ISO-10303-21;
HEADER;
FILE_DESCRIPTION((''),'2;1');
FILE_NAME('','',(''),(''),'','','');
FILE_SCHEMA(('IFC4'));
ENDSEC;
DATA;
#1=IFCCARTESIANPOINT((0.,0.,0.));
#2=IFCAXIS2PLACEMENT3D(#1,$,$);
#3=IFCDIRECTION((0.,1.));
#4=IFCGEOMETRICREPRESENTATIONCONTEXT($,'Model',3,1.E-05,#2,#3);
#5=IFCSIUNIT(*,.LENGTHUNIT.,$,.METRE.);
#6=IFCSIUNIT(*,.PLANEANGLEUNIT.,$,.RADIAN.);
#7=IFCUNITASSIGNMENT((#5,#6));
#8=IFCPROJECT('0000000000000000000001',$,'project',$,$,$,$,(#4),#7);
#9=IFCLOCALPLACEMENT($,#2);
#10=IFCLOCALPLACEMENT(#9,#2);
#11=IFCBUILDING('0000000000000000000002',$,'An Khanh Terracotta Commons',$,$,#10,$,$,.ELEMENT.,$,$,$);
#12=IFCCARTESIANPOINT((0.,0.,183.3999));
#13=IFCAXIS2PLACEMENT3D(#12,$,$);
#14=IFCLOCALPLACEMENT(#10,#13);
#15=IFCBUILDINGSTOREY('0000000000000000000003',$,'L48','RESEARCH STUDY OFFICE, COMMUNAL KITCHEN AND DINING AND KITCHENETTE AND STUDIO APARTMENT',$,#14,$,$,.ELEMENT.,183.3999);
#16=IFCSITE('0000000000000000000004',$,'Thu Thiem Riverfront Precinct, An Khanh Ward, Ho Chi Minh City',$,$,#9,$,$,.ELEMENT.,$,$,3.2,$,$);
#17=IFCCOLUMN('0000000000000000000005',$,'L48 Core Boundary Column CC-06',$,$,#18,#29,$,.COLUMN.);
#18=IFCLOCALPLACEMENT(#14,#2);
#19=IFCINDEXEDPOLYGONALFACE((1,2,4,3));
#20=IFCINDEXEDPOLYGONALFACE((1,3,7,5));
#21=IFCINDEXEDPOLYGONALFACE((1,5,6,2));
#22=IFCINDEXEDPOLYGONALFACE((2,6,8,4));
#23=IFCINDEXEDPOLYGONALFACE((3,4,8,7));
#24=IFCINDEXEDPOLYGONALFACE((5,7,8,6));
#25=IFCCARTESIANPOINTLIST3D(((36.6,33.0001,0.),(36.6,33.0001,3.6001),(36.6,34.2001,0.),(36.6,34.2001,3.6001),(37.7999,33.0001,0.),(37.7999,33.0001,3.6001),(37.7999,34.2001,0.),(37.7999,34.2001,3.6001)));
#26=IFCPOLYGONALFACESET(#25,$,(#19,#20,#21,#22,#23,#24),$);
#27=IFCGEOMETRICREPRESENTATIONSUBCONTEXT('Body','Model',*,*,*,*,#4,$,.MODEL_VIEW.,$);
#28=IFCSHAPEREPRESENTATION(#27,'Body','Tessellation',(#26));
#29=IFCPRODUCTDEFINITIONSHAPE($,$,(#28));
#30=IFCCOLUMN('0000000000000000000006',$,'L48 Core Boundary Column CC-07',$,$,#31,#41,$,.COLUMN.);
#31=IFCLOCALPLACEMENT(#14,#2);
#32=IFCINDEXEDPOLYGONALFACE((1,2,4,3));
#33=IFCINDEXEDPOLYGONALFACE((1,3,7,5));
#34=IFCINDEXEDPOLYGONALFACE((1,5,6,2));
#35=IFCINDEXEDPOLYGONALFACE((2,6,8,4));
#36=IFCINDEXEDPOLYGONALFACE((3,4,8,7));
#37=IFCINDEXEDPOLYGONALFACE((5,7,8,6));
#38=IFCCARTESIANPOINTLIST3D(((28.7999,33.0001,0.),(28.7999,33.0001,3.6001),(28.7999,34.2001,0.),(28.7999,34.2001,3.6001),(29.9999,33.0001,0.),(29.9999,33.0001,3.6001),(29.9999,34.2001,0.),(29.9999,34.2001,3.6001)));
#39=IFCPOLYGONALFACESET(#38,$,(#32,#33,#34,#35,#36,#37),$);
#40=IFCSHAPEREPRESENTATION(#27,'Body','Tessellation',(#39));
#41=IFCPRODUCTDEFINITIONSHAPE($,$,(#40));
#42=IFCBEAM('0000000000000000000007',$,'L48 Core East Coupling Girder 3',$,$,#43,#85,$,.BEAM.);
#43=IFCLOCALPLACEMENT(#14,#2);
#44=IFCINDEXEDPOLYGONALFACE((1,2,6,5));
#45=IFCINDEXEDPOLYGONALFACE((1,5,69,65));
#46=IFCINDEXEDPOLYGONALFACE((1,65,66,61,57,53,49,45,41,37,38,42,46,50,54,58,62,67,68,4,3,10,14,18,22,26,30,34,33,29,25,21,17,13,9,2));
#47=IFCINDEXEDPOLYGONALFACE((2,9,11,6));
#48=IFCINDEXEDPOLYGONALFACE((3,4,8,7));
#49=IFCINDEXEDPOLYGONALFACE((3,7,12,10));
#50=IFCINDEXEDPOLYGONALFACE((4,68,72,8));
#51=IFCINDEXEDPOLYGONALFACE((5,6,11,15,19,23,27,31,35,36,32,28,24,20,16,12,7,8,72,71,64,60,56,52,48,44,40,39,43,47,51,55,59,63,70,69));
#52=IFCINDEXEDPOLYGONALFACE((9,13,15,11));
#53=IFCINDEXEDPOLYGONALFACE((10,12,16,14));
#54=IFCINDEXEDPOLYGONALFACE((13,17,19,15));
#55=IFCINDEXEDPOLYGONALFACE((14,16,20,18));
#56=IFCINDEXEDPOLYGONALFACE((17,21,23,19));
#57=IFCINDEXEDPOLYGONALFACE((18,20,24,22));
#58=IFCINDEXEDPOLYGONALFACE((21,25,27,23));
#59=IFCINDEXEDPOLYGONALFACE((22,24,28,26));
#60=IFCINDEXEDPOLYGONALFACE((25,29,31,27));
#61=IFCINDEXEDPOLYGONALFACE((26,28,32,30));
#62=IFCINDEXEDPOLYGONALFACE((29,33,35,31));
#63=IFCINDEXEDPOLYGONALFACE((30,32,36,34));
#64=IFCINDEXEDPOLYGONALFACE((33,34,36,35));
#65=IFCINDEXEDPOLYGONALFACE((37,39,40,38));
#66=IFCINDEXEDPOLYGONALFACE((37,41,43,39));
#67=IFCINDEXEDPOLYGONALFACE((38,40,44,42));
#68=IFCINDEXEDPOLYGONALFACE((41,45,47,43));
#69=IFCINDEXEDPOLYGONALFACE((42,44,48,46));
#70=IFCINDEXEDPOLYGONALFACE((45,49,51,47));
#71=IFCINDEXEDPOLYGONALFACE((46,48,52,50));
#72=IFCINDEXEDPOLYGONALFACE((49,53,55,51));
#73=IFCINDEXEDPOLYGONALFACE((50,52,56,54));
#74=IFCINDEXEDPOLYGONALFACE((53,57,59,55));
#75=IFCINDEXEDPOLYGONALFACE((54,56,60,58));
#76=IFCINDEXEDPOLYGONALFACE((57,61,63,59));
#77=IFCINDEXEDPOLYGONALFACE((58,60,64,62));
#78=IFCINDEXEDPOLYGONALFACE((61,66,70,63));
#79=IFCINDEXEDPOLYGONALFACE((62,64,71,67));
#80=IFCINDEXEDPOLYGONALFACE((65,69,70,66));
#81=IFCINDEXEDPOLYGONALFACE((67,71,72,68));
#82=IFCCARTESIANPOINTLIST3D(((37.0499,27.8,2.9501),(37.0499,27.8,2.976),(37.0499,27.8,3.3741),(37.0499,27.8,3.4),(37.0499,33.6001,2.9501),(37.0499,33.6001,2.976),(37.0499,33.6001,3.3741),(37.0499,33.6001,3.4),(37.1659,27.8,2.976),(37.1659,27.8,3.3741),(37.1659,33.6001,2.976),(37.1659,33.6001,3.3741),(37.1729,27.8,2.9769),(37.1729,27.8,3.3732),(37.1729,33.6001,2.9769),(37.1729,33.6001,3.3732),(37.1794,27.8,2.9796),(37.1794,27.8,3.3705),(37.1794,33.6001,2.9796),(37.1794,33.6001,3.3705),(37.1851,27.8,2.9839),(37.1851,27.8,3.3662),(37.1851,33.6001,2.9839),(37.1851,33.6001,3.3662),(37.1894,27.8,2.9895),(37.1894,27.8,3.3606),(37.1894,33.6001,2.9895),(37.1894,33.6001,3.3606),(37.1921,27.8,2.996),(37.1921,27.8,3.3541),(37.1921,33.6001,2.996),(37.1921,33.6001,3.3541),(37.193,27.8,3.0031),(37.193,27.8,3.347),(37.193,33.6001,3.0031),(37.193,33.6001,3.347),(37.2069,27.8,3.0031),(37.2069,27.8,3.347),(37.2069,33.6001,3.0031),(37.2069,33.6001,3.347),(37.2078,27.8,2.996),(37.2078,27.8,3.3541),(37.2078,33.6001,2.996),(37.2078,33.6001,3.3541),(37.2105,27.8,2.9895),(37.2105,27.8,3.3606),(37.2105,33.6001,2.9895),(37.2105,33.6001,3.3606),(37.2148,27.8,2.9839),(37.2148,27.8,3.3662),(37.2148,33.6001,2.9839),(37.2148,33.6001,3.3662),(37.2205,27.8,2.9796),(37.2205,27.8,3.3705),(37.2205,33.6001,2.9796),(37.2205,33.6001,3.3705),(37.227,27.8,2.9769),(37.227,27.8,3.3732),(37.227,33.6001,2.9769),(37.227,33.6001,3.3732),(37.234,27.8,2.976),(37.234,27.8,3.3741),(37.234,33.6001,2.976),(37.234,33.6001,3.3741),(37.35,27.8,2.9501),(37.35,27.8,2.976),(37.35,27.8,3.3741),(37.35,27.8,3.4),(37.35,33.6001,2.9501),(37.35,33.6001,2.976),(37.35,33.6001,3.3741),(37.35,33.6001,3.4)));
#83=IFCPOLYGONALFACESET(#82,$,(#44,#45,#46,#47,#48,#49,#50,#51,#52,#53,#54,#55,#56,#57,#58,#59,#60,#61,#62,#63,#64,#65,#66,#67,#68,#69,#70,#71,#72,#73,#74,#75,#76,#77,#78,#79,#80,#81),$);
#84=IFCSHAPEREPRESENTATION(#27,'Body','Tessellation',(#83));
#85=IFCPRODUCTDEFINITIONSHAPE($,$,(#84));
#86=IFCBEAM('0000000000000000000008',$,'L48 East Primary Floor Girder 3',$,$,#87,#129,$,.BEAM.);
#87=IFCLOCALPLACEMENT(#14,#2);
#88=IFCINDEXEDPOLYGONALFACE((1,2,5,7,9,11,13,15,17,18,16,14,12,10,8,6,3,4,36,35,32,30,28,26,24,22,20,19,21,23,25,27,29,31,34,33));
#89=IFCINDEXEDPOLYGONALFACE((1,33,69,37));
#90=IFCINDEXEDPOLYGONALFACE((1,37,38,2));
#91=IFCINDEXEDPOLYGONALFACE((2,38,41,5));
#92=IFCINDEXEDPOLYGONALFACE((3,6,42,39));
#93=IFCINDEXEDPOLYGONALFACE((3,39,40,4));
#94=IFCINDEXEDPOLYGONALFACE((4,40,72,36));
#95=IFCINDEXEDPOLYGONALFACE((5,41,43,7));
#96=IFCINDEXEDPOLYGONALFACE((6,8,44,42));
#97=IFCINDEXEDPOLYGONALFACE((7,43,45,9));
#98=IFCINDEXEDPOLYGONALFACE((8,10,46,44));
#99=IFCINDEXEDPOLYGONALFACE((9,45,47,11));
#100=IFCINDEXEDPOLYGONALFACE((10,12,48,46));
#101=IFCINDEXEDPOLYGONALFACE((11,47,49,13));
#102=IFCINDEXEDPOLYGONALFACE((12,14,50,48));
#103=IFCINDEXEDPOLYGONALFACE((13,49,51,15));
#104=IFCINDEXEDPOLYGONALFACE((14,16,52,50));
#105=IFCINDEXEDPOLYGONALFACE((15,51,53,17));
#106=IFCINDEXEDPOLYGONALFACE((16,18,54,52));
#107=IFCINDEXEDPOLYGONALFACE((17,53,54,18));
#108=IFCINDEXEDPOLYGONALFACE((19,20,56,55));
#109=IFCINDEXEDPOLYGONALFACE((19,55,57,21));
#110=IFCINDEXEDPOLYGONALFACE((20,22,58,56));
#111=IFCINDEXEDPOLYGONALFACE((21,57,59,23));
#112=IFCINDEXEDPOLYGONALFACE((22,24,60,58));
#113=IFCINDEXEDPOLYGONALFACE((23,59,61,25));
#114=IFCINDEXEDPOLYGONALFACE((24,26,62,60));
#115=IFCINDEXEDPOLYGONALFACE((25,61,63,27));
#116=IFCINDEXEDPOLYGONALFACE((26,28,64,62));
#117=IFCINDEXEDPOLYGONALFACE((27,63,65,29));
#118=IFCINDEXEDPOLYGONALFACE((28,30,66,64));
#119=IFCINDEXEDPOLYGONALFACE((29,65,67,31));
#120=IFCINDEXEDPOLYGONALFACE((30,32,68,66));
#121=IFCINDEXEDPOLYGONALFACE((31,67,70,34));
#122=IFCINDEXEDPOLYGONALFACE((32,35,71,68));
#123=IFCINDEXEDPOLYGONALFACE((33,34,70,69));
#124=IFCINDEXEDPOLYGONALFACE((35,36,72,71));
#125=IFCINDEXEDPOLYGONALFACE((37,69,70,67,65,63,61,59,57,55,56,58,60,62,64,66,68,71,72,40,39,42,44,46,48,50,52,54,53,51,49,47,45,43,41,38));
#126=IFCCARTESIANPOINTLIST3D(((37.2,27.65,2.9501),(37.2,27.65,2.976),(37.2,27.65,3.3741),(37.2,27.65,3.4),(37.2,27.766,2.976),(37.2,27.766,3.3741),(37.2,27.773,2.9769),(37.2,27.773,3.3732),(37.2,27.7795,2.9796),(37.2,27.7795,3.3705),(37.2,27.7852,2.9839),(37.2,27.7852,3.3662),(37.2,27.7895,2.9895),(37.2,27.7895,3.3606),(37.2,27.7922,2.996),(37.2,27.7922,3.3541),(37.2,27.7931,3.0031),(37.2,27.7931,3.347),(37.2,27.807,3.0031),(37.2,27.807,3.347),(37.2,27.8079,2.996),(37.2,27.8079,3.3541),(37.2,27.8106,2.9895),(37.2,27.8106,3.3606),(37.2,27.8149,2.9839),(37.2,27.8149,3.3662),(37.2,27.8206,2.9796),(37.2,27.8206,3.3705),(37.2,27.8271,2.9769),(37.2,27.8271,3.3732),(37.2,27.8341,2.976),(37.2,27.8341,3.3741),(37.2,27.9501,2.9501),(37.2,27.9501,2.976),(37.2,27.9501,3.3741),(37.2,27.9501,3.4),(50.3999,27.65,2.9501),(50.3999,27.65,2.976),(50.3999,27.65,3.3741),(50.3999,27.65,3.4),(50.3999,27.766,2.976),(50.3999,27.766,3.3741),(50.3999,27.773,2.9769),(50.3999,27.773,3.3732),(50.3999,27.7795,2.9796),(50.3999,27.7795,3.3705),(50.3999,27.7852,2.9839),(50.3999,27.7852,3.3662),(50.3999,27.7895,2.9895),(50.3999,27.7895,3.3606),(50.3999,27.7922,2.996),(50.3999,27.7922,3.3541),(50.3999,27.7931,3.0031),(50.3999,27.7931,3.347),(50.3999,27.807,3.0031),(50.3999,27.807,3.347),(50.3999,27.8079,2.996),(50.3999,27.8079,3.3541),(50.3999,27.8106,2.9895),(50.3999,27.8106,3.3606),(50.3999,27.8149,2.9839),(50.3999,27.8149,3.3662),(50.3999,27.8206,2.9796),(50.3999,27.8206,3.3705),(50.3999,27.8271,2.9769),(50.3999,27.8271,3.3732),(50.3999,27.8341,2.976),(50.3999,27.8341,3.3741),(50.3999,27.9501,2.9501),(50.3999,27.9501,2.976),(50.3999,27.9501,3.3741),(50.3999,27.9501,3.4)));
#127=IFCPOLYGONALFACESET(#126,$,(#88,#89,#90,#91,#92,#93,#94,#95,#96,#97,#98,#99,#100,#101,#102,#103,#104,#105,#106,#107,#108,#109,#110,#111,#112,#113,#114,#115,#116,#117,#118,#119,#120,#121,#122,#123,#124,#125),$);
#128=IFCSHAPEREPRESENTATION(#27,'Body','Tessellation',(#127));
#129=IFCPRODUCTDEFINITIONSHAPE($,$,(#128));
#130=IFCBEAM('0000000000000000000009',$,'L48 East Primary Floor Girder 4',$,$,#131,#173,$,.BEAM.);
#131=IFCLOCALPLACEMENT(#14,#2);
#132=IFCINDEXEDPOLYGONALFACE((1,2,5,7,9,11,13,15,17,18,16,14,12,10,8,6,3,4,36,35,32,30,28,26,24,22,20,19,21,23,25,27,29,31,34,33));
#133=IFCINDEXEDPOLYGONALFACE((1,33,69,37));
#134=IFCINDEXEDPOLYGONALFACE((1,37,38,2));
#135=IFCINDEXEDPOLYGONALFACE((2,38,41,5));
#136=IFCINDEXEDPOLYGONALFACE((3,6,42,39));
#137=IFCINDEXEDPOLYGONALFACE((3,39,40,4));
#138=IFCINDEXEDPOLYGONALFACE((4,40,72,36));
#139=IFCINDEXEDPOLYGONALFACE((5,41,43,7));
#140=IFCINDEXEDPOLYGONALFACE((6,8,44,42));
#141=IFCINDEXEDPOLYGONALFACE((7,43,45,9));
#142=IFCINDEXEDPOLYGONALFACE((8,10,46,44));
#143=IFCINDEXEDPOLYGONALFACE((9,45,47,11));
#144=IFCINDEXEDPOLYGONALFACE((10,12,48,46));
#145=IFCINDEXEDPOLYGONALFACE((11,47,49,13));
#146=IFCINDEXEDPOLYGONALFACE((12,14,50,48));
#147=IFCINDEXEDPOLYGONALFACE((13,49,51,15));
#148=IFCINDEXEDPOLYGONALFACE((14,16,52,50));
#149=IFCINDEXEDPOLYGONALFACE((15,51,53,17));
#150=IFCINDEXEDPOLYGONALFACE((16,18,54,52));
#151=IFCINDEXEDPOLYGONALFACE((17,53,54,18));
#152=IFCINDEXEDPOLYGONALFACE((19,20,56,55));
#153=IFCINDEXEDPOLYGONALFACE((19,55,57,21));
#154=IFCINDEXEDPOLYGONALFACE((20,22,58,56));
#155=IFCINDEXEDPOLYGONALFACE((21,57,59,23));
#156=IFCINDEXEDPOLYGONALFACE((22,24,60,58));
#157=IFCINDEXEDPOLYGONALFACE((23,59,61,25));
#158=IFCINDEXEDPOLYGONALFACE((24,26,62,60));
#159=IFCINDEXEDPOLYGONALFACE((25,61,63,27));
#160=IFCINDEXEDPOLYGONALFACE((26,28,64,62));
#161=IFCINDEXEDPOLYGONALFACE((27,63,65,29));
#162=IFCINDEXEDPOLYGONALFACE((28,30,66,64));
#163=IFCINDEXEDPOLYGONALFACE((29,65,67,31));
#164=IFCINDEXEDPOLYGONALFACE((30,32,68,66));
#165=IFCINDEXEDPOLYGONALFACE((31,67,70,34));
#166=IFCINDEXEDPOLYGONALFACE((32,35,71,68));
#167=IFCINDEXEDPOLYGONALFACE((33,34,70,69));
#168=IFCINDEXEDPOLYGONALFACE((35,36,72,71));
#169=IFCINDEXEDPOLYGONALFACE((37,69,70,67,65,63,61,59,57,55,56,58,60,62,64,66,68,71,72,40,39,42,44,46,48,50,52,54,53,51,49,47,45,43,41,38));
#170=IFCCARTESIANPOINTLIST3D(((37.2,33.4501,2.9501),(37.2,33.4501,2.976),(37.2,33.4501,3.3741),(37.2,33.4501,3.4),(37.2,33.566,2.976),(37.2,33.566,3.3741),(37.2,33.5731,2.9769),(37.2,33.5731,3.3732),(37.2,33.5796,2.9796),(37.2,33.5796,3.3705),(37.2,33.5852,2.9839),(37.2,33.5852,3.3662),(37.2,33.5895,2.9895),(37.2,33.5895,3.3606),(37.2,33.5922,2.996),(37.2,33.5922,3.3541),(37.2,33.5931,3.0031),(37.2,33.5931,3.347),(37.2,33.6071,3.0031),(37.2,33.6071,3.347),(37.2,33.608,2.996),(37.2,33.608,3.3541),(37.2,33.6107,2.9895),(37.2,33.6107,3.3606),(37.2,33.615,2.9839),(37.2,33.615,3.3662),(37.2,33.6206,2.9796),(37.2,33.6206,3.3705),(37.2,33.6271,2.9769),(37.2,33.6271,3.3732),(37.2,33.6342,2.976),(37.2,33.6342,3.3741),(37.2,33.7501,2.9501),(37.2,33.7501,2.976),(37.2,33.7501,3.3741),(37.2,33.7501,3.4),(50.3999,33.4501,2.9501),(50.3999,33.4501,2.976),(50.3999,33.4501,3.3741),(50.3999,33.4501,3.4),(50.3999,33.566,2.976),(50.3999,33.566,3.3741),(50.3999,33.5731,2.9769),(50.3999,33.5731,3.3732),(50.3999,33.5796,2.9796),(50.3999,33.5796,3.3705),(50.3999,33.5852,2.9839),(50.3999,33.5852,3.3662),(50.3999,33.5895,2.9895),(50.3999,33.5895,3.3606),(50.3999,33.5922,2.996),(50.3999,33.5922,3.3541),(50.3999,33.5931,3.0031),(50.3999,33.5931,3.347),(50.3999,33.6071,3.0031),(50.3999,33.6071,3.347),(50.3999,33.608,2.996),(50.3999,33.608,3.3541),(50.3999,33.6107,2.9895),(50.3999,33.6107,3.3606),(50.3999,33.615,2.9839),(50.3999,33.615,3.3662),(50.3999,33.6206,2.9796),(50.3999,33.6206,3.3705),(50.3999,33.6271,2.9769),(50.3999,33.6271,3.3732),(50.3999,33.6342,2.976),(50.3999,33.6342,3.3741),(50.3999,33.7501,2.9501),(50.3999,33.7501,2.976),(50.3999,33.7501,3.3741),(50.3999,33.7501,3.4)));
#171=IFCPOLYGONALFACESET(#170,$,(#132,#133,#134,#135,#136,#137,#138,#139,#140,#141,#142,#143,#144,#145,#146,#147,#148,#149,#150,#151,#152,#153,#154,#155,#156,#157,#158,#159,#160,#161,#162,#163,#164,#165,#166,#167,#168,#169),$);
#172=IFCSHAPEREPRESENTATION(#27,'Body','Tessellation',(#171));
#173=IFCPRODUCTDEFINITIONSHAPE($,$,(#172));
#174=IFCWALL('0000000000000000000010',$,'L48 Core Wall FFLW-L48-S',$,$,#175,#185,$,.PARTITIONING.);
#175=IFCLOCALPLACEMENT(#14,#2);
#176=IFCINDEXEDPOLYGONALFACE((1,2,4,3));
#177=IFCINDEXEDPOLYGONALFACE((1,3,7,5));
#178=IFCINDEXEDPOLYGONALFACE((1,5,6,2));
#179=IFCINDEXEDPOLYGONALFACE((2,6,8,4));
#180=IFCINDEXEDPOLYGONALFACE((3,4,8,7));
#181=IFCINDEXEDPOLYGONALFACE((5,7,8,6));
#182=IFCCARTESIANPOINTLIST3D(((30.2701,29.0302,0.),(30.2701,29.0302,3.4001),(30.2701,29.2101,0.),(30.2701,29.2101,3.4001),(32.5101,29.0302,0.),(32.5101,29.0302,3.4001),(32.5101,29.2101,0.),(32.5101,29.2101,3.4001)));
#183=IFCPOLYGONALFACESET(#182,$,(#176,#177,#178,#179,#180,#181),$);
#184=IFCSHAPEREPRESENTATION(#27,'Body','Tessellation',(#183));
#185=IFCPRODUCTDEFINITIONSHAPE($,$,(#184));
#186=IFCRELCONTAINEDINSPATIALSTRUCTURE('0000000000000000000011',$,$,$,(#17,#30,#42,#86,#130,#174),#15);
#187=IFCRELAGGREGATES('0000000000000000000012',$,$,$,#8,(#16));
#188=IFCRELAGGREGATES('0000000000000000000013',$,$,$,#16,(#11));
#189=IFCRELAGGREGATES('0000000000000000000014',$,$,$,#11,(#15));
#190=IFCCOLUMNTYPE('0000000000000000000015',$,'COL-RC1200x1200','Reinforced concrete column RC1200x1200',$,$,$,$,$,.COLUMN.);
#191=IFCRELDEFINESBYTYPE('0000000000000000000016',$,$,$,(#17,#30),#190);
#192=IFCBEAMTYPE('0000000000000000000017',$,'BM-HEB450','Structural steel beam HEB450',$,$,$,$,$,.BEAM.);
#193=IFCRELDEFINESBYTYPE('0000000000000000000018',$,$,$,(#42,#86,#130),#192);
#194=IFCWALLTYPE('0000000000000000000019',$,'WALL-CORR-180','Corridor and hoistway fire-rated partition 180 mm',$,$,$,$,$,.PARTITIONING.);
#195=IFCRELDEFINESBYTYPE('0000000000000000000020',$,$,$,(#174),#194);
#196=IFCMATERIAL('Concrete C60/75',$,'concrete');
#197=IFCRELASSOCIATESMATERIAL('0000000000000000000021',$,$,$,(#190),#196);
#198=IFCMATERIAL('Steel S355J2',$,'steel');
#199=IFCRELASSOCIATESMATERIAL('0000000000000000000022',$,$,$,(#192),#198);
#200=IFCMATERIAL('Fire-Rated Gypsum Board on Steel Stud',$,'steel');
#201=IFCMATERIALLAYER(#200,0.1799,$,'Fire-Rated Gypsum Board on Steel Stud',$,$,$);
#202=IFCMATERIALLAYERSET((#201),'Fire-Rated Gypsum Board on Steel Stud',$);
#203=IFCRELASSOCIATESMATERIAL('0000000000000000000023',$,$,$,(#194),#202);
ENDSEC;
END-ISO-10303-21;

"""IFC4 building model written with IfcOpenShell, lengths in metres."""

from ifc_helpers import new_model, si_unit, direction, frame, frame_2d, origin, origin_2d, place, context, subcontext, project, spatial, rectangle, i_section, extrude, material, layer, layer_set, material_profile, profile_set, type_object, element, save


model = new_model("IFC4")

# Units and contexts
model_context = context("Model", 3, precision=1e-05, world=origin(), true_north=direction((0.0, 1.0)))
body_context = subcontext(model_context, "Body", "Model", "MODEL_VIEW")
ifc_project = project(units=[si_unit("LENGTHUNIT", "METRE"), si_unit("PLANEANGLEUNIT", "RADIAN")], contexts=[model_context])

# Site, building, storey
site_placement = place(None, origin())
site = spatial("IfcSite", under=ifc_project, at=site_placement, Name="Thu Thiem Riverfront Precinct, An Khanh Ward, Ho Chi Minh City", CompositionType="ELEMENT", RefElevation=3.2)
building_placement = place(site_placement, origin())
building = spatial("IfcBuilding", under=site, at=building_placement, Name="An Khanh Terracotta Commons", CompositionType="ELEMENT")
storey_placement = place(building_placement, frame((0.0, 0.0, 183.3999)))
storey = spatial("IfcBuildingStorey", under=building, at=storey_placement, Name="L48", Description="RESEARCH STUDY OFFICE, COMMUNAL KITCHEN AND DINING AND KITCHENETTE AND STUDIO APARTMENT", CompositionType="ELEMENT", Elevation=183.3999)

# Columns
ifc_material_1 = material(Name="Concrete C60/75", Category="concrete")
ifc_material_profile_1 = material_profile(ifc_material_1, rectangle(XDim=1.2, YDim=1.2, at=origin_2d()), Name="RC1200x1200")
ifc_profile_set_1 = profile_set([ifc_material_profile_1], Name="Concrete C60/75")
column_type = type_object("IfcColumnType", Name="COL-RC1200x1200", Description="Reinforced concrete column RC1200x1200", PredefinedType="COLUMN", material=ifc_profile_set_1)
for number, where, z_axis, x_axis, name in (
    (1, (37.2, 33.6001, 0.0), (0.0, 0.0, 1.0), (1.0, 0.0, 0.0), "L48 Core Boundary Column CC-06"),
    (2, (29.3999, 33.6001, 0.0), (0.0, 0.0, 1.0), (1.0, 0.0, 0.0), "L48 Core Boundary Column CC-07"),
):
    element("IfcColumn", number, at=place(storey_placement, frame(where, z_axis=z_axis, x_axis=x_axis)), inside=storey, type_object=column_type, Name=name, PredefinedType="COLUMN", context=body_context, shape_type="SweptSolid", body=[
        extrude(rectangle(XDim=1.2, YDim=1.2, at=origin_2d()), origin(), (0.0, 0.0, 1.0), 3.6001),
    ])

# Beams
ifc_material_2 = material(Name="Steel S355J2", Category="steel")
ifc_material_profile_2 = material_profile(ifc_material_2, i_section(OverallWidth=0.3, OverallDepth=0.45, WebThickness=0.0139, FlangeThickness=0.0259, FilletRadius=0.0271, at=origin_2d()), Name="HEB450")
ifc_profile_set_2 = profile_set([ifc_material_profile_2], Name="Steel S355J2")
beam_type = type_object("IfcBeamType", Name="BM-HEB450", Description="Structural steel beam HEB450", PredefinedType="BEAM", material=ifc_profile_set_2)
beam_placement = place(storey_placement, frame((37.2, 27.8, 3.175), z_axis=(0.0, 1.0, 0.0), x_axis=(-1.0, 0.0, 0.0)))
element("IfcBeam", 3, at=beam_placement, inside=storey, type_object=beam_type, Name="L48 Core East Coupling Girder 3", PredefinedType="BEAM", context=body_context, shape_type="SweptSolid", body=[
    extrude(i_section(OverallWidth=0.3, OverallDepth=0.45, WebThickness=0.0139, FlangeThickness=0.0259, FilletRadius=0.0271, at=origin_2d()), origin(), (0.0, 0.0, 1.0), 5.8),
])
for number, where, z_axis, x_axis, name in (
    (4, (37.2, 27.8, 3.175), (1.0, 0.0, 0.0), (0.0, 1.0, 0.0), "L48 East Primary Floor Girder 3"),
    (5, (37.2, 33.6001, 3.175), (1.0, 0.0, 0.0), (0.0, 1.0, 0.0), "L48 East Primary Floor Girder 4"),
):
    element("IfcBeam", number, at=place(storey_placement, frame(where, z_axis=z_axis, x_axis=x_axis)), inside=storey, type_object=beam_type, Name=name, PredefinedType="BEAM", context=body_context, shape_type="SweptSolid", body=[
        extrude(i_section(OverallWidth=0.3, OverallDepth=0.45, WebThickness=0.0139, FlangeThickness=0.0259, FilletRadius=0.0271, at=origin_2d()), origin(), (0.0, 0.0, 1.0), 13.2),
    ])

# Wall
ifc_material_3 = material(Name="Fire-Rated Gypsum Board on Steel Stud", Category="steel")
ifc_layer_1 = layer(ifc_material_3, 0.1799, Name="Fire-Rated Gypsum Board on Steel Stud")
ifc_layer_set_1 = layer_set([ifc_layer_1], Name="Fire-Rated Gypsum Board on Steel Stud")
wall_type_1 = type_object("IfcWallType", Name="WALL-CORR-180", Description="Corridor and hoistway fire-rated partition 180 mm", PredefinedType="PARTITIONING", material=ifc_layer_set_1)
wall_1_placement = place(storey_placement, frame((30.27, 29.1201, 0.0), z_axis=(0.0, 0.0, 1.0), x_axis=(1.0, 0.0, 0.0)))
element("IfcWall", 6, at=wall_1_placement, inside=storey, type_object=wall_type_1, Name="L48 Core Wall FFLW-L48-S", PredefinedType="PARTITIONING", context=body_context, shape_type="SweptSolid", body=[
    extrude(rectangle(XDim=2.24, YDim=0.1799, at=frame_2d((1.1201, 0.0))), origin(), (0.0, 0.0, 1.0), 3.4001),
])

save(model, "model.ifc")
